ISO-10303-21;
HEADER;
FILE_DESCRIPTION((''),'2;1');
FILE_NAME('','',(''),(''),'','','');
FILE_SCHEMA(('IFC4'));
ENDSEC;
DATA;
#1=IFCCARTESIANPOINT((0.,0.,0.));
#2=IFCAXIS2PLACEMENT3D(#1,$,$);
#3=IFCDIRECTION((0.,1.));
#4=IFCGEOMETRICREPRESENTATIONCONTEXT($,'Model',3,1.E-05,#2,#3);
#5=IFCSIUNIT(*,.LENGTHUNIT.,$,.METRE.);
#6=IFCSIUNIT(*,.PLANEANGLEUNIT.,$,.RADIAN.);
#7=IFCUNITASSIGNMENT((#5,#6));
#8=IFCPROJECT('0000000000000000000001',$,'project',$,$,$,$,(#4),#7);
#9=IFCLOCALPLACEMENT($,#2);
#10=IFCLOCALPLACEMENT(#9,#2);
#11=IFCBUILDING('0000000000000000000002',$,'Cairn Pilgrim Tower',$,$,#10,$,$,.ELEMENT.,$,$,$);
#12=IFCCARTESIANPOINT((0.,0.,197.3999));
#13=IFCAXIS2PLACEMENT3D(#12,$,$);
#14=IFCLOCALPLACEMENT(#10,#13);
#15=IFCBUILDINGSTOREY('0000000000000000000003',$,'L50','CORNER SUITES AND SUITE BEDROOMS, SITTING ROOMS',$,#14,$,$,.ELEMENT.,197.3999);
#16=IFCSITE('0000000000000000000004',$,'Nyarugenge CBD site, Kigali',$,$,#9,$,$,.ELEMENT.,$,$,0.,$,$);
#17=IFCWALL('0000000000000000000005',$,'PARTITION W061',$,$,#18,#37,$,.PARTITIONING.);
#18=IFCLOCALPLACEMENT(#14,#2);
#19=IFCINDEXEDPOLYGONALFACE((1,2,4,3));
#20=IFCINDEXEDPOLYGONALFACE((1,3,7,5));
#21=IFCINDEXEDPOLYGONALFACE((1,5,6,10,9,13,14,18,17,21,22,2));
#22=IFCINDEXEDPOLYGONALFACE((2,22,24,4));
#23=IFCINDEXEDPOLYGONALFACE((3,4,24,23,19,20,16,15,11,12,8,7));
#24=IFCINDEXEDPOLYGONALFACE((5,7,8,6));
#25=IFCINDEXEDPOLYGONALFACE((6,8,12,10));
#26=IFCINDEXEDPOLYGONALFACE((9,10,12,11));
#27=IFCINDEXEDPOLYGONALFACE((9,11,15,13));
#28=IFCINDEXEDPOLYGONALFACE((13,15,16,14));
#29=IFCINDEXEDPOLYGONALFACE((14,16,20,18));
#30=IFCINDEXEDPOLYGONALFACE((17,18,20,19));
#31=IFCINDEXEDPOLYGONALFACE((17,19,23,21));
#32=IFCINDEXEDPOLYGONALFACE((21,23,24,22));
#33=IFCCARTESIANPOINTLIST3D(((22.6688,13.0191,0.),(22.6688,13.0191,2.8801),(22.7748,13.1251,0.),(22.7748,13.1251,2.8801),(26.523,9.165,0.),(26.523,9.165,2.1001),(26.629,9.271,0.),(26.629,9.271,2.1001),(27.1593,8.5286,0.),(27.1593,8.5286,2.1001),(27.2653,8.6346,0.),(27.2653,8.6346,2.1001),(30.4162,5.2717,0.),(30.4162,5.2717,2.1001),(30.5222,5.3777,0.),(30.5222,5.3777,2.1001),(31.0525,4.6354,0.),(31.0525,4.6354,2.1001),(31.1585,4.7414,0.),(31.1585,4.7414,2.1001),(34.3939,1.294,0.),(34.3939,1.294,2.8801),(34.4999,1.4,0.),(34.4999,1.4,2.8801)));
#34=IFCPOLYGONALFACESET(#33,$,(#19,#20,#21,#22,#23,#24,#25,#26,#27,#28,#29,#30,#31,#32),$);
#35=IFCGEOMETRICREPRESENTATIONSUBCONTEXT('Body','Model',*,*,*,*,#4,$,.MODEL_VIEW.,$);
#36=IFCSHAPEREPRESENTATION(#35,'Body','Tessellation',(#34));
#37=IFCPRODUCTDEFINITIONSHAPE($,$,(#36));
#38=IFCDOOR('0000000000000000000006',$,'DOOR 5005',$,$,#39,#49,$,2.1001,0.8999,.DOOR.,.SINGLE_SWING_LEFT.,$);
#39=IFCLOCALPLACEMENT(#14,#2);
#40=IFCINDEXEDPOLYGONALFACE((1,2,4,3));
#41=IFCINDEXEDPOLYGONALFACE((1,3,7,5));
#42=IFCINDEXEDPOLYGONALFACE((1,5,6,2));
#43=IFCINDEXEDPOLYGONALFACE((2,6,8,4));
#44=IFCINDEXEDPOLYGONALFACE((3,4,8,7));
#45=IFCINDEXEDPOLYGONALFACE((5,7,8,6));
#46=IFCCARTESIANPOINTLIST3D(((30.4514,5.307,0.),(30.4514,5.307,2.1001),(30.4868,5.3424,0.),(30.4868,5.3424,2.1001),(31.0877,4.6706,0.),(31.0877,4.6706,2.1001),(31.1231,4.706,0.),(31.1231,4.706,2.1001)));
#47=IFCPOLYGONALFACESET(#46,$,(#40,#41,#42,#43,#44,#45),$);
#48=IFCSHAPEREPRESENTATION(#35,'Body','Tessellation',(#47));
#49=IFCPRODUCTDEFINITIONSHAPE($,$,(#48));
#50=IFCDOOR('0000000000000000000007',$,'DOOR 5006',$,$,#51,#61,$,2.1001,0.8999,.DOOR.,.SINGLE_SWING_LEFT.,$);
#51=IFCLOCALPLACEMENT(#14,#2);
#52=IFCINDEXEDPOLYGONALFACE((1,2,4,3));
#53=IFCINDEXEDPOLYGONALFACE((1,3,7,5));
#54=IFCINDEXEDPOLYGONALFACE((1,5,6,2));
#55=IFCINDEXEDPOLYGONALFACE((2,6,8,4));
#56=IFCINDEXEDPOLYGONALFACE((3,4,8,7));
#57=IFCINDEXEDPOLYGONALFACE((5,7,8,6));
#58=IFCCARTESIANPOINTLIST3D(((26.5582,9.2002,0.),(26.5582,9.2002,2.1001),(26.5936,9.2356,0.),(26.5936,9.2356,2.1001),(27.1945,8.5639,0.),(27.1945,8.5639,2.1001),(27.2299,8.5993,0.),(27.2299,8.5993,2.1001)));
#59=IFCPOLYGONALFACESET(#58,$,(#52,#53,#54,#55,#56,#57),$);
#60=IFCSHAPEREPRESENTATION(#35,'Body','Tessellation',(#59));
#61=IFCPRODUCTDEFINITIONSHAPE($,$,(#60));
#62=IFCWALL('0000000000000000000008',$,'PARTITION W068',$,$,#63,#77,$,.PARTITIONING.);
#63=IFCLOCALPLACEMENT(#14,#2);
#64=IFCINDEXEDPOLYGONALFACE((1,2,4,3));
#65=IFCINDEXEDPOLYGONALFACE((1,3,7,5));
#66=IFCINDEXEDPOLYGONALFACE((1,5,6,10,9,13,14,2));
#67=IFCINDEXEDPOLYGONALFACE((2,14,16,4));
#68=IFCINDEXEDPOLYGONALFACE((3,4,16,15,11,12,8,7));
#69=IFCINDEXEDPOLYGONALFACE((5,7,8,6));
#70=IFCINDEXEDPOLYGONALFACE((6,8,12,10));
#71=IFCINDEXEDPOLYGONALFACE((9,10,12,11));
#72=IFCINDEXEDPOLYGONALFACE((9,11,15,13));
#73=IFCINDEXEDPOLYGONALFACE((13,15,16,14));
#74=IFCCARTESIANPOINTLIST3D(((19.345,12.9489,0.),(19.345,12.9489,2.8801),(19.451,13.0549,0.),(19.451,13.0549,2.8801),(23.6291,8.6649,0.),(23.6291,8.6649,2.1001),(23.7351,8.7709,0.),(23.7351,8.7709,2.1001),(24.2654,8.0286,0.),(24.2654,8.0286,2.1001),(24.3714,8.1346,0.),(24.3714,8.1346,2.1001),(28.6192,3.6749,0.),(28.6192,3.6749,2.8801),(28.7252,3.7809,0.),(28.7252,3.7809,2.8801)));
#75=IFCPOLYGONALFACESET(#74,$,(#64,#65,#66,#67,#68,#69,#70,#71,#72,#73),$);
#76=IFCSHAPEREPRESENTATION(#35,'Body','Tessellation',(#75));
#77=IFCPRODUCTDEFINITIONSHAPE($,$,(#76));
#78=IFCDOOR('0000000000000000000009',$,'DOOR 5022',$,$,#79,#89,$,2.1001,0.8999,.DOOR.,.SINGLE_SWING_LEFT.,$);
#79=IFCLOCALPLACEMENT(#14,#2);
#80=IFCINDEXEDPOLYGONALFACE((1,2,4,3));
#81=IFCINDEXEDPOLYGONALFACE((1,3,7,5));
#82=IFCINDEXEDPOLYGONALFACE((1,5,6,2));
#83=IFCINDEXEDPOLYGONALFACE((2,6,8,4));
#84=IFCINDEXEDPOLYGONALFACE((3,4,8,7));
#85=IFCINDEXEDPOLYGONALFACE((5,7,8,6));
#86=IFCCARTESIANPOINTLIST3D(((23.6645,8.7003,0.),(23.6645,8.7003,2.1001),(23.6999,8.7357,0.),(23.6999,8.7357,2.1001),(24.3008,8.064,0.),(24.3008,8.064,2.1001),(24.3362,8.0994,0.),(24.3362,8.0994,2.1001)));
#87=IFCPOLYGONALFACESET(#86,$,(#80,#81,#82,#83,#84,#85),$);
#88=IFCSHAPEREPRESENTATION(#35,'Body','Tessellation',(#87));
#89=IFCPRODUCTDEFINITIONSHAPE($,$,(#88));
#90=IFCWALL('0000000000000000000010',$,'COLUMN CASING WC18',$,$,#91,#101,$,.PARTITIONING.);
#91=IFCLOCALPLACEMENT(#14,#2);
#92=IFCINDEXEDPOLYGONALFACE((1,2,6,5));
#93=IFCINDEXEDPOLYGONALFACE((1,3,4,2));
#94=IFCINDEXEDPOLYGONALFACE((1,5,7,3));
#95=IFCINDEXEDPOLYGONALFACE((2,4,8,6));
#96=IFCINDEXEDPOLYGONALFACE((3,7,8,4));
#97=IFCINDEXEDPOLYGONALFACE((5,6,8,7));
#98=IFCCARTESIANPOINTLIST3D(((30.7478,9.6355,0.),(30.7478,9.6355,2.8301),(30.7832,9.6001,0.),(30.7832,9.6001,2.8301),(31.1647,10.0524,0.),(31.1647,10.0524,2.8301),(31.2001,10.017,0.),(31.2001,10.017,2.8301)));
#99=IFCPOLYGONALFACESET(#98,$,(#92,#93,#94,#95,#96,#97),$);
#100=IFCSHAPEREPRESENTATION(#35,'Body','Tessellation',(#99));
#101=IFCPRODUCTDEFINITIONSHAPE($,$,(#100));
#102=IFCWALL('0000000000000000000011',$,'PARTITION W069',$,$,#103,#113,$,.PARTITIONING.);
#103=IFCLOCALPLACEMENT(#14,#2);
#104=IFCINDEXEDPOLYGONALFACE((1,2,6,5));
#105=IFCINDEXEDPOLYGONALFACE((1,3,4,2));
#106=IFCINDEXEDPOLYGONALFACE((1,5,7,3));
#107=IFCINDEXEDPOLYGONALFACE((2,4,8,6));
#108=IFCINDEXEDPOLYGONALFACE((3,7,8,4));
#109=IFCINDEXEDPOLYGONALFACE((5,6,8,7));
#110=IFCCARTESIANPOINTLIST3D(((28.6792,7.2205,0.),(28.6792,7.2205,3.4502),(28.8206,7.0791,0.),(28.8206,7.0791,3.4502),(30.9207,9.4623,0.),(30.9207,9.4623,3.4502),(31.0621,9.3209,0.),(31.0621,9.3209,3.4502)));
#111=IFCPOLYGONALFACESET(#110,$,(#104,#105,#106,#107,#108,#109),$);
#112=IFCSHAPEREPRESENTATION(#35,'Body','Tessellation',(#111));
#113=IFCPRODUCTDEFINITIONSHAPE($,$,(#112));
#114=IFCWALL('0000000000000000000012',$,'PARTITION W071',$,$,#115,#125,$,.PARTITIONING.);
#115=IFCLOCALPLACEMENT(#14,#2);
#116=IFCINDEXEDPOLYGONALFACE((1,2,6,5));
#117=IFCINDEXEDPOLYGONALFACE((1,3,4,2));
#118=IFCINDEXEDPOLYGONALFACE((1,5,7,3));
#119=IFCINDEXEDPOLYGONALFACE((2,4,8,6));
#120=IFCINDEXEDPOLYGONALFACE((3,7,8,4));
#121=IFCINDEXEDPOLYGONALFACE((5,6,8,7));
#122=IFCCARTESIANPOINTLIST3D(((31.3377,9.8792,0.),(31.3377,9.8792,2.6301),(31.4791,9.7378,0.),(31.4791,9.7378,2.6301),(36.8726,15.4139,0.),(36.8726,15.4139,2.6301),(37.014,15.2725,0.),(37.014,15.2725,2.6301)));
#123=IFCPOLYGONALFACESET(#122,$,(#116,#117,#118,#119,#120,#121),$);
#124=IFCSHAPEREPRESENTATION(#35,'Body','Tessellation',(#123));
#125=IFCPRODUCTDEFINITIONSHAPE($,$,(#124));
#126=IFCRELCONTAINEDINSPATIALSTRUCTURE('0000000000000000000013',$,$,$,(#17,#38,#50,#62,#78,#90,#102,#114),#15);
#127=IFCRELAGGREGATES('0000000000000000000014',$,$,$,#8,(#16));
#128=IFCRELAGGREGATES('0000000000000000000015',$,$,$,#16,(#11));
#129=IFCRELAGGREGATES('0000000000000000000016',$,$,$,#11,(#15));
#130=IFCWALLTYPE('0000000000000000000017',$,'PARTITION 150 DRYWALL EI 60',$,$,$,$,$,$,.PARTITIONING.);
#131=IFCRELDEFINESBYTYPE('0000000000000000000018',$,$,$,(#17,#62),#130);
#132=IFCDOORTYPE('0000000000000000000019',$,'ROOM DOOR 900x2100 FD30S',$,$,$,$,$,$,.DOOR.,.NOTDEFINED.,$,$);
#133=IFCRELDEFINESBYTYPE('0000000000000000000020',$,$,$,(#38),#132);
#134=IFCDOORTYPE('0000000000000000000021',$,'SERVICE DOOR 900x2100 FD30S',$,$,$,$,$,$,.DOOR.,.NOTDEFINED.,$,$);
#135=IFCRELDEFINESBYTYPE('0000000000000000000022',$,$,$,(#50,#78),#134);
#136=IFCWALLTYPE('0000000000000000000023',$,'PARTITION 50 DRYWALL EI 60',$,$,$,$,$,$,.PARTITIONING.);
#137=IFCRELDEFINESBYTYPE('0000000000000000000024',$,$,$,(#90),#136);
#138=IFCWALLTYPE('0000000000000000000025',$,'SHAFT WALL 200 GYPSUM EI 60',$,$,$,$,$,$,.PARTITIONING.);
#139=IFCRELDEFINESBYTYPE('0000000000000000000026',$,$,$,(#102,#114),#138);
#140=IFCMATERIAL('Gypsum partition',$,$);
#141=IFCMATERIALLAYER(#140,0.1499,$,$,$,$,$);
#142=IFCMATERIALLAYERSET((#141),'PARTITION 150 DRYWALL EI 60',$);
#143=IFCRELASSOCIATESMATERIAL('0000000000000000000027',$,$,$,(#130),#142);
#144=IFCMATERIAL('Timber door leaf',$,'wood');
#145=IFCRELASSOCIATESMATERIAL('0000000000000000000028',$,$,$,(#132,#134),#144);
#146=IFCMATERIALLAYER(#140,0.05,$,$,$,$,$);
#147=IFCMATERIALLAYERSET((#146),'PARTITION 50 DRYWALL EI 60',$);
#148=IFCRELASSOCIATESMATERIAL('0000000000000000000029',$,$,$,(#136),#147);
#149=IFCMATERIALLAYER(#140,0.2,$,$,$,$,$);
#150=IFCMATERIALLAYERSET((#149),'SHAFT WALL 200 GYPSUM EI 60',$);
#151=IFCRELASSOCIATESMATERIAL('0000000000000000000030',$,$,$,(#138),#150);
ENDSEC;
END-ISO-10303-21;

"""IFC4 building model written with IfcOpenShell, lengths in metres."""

from ifc_helpers import new_model, si_unit, direction, frame, frame_2d, origin, place, context, subcontext, project, spatial, rectangle, extrude, material, layer, layer_set, type_object, element, fill, save


model = new_model("IFC4")

# Units and contexts
model_context = context("Model", 3, precision=1e-05, world=origin(), true_north=direction((0.0, 1.0)))
body_context = subcontext(model_context, "Body", "Model", "MODEL_VIEW")
ifc_project = project(units=[si_unit("LENGTHUNIT", "METRE"), si_unit("PLANEANGLEUNIT", "RADIAN")], contexts=[model_context])

# Site, building, storey
site_placement = place(None, origin())
site = spatial("IfcSite", under=ifc_project, at=site_placement, Name="Nyarugenge CBD site, Kigali", CompositionType="ELEMENT", RefElevation=0.0)
building_placement = place(site_placement, origin())
building = spatial("IfcBuilding", under=site, at=building_placement, Name="Cairn Pilgrim Tower", CompositionType="ELEMENT")
storey_placement = place(building_placement, frame((0.0, 0.0, 197.3999)))
storey = spatial("IfcBuildingStorey", under=building, at=storey_placement, Name="L50", Description="CORNER SUITES AND SUITE BEDROOMS, SITTING ROOMS", CompositionType="ELEMENT", Elevation=197.3999)

# Shared definitions
ifc_material_1 = material(Name="Gypsum partition")

# Shared definitions
ifc_material_2 = material(Name="Timber door leaf", Category="wood")

# Shared definitions
ifc_layer_1 = layer(ifc_material_1, 0.1499)
ifc_layer_set_1 = layer_set([ifc_layer_1], Name="PARTITION 150 DRYWALL EI 60")
wall_type_1 = type_object("IfcWallType", Name="PARTITION 150 DRYWALL EI 60", PredefinedType="PARTITIONING", material=ifc_layer_set_1)

# Wall, openings, doors
wall_1_placement = place(storey_placement, frame((34.447, 1.3469, 0.0), z_axis=(0.0, 0.0, 1.0), x_axis=(-0.707107, 0.707107, 0.0)))
wall_1 = element("IfcWall", 1, at=wall_1_placement, inside=storey, type_object=wall_type_1, Name="PARTITION W061", PredefinedType="PARTITIONING", context=body_context, shape_type="SweptSolid", body=[
    extrude(rectangle(XDim=16.5818, YDim=0.1499, at=frame_2d((8.291, 0.0))), origin(), (0.0, 0.0, 1.0), 2.8801),
])
opening_1_placement = place(wall_1_placement, frame((4.7256, 0.0, 0.0)))
opening_1 = element("IfcOpeningElement", 2, at=opening_1_placement, cuts=wall_1, PredefinedType="OPENING", context=body_context, shape_type="SweptSolid", body=[
    extrude(rectangle(XDim=0.8999, YDim=2.1001, at=frame_2d((0.45, 1.05))), frame((0.0, 0.085, 0.0), z_axis=(0.0, -1.0, 0.0), x_axis=(1.0, 0.0, 0.0)), (0.0, 0.0, 1.0), 0.1699),
])
opening_2_placement = place(wall_1_placement, frame((10.2314, 0.0, 0.0)))
opening_2 = element("IfcOpeningElement", 3, at=opening_2_placement, cuts=wall_1, PredefinedType="OPENING", context=body_context, shape_type="SweptSolid", body=[
    extrude(rectangle(XDim=0.8999, YDim=2.1001, at=frame_2d((0.45, 1.05))), frame((0.0, 0.085, 0.0), z_axis=(0.0, -1.0, 0.0), x_axis=(1.0, 0.0, 0.0)), (0.0, 0.0, 1.0), 0.1699),
])
door_type_1 = type_object("IfcDoorType", Name="ROOM DOOR 900x2100 FD30S", OperationType="NOTDEFINED", PredefinedType="DOOR", material=ifc_material_2)
door_1_placement = place(opening_1_placement, frame((0.8999, 0.0, 0.0), z_axis=(0.0, 0.0, 1.0), x_axis=(-1.0, 0.0, 0.0)))
door_1 = element("IfcDoor", 4, at=door_1_placement, inside=storey, type_object=door_type_1, Name="DOOR 5005", OperationType="SINGLE_SWING_LEFT", OverallHeight=2.1001, OverallWidth=0.8999, PredefinedType="DOOR", context=body_context, shape_type="SweptSolid", body=[
    extrude(rectangle(XDim=0.8999, YDim=2.1001, at=frame_2d((0.45, 1.05))), frame((0.0, 0.0249, 0.0), z_axis=(0.0, -1.0, 0.0), x_axis=(1.0, 0.0, 0.0)), (0.0, 0.0, 1.0), 0.05),
])
fill(opening_1, door_1)
door_type_2 = type_object("IfcDoorType", Name="SERVICE DOOR 900x2100 FD30S", OperationType="NOTDEFINED", PredefinedType="DOOR", material=ifc_material_2)
door_2_placement = place(opening_2_placement, frame((0.8999, 0.0, 0.0), z_axis=(0.0, 0.0, 1.0), x_axis=(-1.0, 0.0, 0.0)))
door_2 = element("IfcDoor", 5, at=door_2_placement, inside=storey, type_object=door_type_2, Name="DOOR 5006", OperationType="SINGLE_SWING_LEFT", OverallHeight=2.1001, OverallWidth=0.8999, PredefinedType="DOOR", context=body_context, shape_type="SweptSolid", body=[
    extrude(rectangle(XDim=0.8999, YDim=2.1001, at=frame_2d((0.45, 1.05))), frame((0.0, 0.0249, 0.0), z_axis=(0.0, -1.0, 0.0), x_axis=(1.0, 0.0, 0.0)), (0.0, 0.0, 1.0), 0.05),
])
fill(opening_2, door_2)

# Wall, opening, door
wall_2_placement = place(storey_placement, frame((28.6721, 3.728, 0.0), z_axis=(0.0, 0.0, 1.0), x_axis=(-0.707116, 0.707097, 0.0)))
wall_2 = element("IfcWall", 6, at=wall_2_placement, inside=storey, type_object=wall_type_1, Name="PARTITION W068", PredefinedType="PARTITIONING", context=body_context, shape_type="SweptSolid", body=[
    extrude(rectangle(XDim=13.1155, YDim=0.1499, at=frame_2d((6.5576, 0.0))), origin(), (0.0, 0.0, 1.0), 2.8801),
])
opening_3_placement = place(wall_2_placement, frame((6.157, 0.0, 0.0)))
opening_3 = element("IfcOpeningElement", 7, at=opening_3_placement, cuts=wall_2, PredefinedType="OPENING", context=body_context, shape_type="SweptSolid", body=[
    extrude(rectangle(XDim=0.8999, YDim=2.1001, at=frame_2d((0.45, 1.05))), frame((0.0, 0.085, 0.0), z_axis=(0.0, -1.0, 0.0), x_axis=(1.0, 0.0, 0.0)), (0.0, 0.0, 1.0), 0.1699),
])
door_3_placement = place(opening_3_placement, origin())
door_3 = element("IfcDoor", 8, at=door_3_placement, inside=storey, type_object=door_type_2, Name="DOOR 5022", OperationType="SINGLE_SWING_LEFT", OverallHeight=2.1001, OverallWidth=0.8999, PredefinedType="DOOR", context=body_context, shape_type="SweptSolid", body=[
    extrude(rectangle(XDim=0.8999, YDim=2.1001, at=frame_2d((0.45, 1.05))), frame((0.0, 0.0249, 0.0), z_axis=(0.0, -1.0, 0.0), x_axis=(1.0, 0.0, 0.0)), (0.0, 0.0, 1.0), 0.05),
])
fill(opening_3, door_3)

# Walls
ifc_layer_2 = layer(ifc_material_1, 0.05)
ifc_layer_set_2 = layer_set([ifc_layer_2], Name="PARTITION 50 DRYWALL EI 60")
wall_type_2 = type_object("IfcWallType", Name="PARTITION 50 DRYWALL EI 60", PredefinedType="PARTITIONING", material=ifc_layer_set_2)
wall_3_placement = place(storey_placement, frame((30.7654, 9.6177, 0.0), z_axis=(0.0, 0.0, 1.0), x_axis=(0.707107, 0.707107, 0.0)))
element("IfcWall", 9, at=wall_3_placement, inside=storey, type_object=wall_type_2, Name="COLUMN CASING WC18", PredefinedType="PARTITIONING", context=body_context, shape_type="SweptSolid", body=[
    extrude(rectangle(XDim=0.5896, YDim=0.05, at=frame_2d((0.2949, 0.0))), origin(), (0.0, 0.0, 1.0), 2.8301),
])
ifc_layer_3 = layer(ifc_material_1, 0.2)
ifc_layer_set_3 = layer_set([ifc_layer_3], Name="SHAFT WALL 200 GYPSUM EI 60")
wall_type_3 = type_object("IfcWallType", Name="SHAFT WALL 200 GYPSUM EI 60", PredefinedType="PARTITIONING", material=ifc_layer_set_3)
wall_4_placement = place(storey_placement, frame((28.75, 7.1499, 0.0), z_axis=(0.0, 0.0, 1.0), x_axis=(0.707068, 0.707145, 0.0)))
element("IfcWall", 10, at=wall_4_placement, inside=storey, type_object=wall_type_3, Name="PARTITION W069", PredefinedType="PARTITIONING", context=body_context, shape_type="SweptSolid", body=[
    extrude(rectangle(XDim=3.1702, YDim=0.2, at=frame_2d((1.585, 0.0))), origin(), (0.0, 0.0, 1.0), 3.4502),
])
wall_5_placement = place(storey_placement, frame((31.4084, 9.8086, 0.0), z_axis=(0.0, 0.0, 1.0), x_axis=(0.707122, 0.707091, 0.0)))
element("IfcWall", 11, at=wall_5_placement, inside=storey, type_object=wall_type_3, Name="PARTITION W071", PredefinedType="PARTITIONING", context=body_context, shape_type="SweptSolid", body=[
    extrude(rectangle(XDim=7.8274, YDim=0.2, at=frame_2d((3.9136, 0.0))), origin(), (0.0, 0.0, 1.0), 2.6301),
])

save(model, "model.ifc")
